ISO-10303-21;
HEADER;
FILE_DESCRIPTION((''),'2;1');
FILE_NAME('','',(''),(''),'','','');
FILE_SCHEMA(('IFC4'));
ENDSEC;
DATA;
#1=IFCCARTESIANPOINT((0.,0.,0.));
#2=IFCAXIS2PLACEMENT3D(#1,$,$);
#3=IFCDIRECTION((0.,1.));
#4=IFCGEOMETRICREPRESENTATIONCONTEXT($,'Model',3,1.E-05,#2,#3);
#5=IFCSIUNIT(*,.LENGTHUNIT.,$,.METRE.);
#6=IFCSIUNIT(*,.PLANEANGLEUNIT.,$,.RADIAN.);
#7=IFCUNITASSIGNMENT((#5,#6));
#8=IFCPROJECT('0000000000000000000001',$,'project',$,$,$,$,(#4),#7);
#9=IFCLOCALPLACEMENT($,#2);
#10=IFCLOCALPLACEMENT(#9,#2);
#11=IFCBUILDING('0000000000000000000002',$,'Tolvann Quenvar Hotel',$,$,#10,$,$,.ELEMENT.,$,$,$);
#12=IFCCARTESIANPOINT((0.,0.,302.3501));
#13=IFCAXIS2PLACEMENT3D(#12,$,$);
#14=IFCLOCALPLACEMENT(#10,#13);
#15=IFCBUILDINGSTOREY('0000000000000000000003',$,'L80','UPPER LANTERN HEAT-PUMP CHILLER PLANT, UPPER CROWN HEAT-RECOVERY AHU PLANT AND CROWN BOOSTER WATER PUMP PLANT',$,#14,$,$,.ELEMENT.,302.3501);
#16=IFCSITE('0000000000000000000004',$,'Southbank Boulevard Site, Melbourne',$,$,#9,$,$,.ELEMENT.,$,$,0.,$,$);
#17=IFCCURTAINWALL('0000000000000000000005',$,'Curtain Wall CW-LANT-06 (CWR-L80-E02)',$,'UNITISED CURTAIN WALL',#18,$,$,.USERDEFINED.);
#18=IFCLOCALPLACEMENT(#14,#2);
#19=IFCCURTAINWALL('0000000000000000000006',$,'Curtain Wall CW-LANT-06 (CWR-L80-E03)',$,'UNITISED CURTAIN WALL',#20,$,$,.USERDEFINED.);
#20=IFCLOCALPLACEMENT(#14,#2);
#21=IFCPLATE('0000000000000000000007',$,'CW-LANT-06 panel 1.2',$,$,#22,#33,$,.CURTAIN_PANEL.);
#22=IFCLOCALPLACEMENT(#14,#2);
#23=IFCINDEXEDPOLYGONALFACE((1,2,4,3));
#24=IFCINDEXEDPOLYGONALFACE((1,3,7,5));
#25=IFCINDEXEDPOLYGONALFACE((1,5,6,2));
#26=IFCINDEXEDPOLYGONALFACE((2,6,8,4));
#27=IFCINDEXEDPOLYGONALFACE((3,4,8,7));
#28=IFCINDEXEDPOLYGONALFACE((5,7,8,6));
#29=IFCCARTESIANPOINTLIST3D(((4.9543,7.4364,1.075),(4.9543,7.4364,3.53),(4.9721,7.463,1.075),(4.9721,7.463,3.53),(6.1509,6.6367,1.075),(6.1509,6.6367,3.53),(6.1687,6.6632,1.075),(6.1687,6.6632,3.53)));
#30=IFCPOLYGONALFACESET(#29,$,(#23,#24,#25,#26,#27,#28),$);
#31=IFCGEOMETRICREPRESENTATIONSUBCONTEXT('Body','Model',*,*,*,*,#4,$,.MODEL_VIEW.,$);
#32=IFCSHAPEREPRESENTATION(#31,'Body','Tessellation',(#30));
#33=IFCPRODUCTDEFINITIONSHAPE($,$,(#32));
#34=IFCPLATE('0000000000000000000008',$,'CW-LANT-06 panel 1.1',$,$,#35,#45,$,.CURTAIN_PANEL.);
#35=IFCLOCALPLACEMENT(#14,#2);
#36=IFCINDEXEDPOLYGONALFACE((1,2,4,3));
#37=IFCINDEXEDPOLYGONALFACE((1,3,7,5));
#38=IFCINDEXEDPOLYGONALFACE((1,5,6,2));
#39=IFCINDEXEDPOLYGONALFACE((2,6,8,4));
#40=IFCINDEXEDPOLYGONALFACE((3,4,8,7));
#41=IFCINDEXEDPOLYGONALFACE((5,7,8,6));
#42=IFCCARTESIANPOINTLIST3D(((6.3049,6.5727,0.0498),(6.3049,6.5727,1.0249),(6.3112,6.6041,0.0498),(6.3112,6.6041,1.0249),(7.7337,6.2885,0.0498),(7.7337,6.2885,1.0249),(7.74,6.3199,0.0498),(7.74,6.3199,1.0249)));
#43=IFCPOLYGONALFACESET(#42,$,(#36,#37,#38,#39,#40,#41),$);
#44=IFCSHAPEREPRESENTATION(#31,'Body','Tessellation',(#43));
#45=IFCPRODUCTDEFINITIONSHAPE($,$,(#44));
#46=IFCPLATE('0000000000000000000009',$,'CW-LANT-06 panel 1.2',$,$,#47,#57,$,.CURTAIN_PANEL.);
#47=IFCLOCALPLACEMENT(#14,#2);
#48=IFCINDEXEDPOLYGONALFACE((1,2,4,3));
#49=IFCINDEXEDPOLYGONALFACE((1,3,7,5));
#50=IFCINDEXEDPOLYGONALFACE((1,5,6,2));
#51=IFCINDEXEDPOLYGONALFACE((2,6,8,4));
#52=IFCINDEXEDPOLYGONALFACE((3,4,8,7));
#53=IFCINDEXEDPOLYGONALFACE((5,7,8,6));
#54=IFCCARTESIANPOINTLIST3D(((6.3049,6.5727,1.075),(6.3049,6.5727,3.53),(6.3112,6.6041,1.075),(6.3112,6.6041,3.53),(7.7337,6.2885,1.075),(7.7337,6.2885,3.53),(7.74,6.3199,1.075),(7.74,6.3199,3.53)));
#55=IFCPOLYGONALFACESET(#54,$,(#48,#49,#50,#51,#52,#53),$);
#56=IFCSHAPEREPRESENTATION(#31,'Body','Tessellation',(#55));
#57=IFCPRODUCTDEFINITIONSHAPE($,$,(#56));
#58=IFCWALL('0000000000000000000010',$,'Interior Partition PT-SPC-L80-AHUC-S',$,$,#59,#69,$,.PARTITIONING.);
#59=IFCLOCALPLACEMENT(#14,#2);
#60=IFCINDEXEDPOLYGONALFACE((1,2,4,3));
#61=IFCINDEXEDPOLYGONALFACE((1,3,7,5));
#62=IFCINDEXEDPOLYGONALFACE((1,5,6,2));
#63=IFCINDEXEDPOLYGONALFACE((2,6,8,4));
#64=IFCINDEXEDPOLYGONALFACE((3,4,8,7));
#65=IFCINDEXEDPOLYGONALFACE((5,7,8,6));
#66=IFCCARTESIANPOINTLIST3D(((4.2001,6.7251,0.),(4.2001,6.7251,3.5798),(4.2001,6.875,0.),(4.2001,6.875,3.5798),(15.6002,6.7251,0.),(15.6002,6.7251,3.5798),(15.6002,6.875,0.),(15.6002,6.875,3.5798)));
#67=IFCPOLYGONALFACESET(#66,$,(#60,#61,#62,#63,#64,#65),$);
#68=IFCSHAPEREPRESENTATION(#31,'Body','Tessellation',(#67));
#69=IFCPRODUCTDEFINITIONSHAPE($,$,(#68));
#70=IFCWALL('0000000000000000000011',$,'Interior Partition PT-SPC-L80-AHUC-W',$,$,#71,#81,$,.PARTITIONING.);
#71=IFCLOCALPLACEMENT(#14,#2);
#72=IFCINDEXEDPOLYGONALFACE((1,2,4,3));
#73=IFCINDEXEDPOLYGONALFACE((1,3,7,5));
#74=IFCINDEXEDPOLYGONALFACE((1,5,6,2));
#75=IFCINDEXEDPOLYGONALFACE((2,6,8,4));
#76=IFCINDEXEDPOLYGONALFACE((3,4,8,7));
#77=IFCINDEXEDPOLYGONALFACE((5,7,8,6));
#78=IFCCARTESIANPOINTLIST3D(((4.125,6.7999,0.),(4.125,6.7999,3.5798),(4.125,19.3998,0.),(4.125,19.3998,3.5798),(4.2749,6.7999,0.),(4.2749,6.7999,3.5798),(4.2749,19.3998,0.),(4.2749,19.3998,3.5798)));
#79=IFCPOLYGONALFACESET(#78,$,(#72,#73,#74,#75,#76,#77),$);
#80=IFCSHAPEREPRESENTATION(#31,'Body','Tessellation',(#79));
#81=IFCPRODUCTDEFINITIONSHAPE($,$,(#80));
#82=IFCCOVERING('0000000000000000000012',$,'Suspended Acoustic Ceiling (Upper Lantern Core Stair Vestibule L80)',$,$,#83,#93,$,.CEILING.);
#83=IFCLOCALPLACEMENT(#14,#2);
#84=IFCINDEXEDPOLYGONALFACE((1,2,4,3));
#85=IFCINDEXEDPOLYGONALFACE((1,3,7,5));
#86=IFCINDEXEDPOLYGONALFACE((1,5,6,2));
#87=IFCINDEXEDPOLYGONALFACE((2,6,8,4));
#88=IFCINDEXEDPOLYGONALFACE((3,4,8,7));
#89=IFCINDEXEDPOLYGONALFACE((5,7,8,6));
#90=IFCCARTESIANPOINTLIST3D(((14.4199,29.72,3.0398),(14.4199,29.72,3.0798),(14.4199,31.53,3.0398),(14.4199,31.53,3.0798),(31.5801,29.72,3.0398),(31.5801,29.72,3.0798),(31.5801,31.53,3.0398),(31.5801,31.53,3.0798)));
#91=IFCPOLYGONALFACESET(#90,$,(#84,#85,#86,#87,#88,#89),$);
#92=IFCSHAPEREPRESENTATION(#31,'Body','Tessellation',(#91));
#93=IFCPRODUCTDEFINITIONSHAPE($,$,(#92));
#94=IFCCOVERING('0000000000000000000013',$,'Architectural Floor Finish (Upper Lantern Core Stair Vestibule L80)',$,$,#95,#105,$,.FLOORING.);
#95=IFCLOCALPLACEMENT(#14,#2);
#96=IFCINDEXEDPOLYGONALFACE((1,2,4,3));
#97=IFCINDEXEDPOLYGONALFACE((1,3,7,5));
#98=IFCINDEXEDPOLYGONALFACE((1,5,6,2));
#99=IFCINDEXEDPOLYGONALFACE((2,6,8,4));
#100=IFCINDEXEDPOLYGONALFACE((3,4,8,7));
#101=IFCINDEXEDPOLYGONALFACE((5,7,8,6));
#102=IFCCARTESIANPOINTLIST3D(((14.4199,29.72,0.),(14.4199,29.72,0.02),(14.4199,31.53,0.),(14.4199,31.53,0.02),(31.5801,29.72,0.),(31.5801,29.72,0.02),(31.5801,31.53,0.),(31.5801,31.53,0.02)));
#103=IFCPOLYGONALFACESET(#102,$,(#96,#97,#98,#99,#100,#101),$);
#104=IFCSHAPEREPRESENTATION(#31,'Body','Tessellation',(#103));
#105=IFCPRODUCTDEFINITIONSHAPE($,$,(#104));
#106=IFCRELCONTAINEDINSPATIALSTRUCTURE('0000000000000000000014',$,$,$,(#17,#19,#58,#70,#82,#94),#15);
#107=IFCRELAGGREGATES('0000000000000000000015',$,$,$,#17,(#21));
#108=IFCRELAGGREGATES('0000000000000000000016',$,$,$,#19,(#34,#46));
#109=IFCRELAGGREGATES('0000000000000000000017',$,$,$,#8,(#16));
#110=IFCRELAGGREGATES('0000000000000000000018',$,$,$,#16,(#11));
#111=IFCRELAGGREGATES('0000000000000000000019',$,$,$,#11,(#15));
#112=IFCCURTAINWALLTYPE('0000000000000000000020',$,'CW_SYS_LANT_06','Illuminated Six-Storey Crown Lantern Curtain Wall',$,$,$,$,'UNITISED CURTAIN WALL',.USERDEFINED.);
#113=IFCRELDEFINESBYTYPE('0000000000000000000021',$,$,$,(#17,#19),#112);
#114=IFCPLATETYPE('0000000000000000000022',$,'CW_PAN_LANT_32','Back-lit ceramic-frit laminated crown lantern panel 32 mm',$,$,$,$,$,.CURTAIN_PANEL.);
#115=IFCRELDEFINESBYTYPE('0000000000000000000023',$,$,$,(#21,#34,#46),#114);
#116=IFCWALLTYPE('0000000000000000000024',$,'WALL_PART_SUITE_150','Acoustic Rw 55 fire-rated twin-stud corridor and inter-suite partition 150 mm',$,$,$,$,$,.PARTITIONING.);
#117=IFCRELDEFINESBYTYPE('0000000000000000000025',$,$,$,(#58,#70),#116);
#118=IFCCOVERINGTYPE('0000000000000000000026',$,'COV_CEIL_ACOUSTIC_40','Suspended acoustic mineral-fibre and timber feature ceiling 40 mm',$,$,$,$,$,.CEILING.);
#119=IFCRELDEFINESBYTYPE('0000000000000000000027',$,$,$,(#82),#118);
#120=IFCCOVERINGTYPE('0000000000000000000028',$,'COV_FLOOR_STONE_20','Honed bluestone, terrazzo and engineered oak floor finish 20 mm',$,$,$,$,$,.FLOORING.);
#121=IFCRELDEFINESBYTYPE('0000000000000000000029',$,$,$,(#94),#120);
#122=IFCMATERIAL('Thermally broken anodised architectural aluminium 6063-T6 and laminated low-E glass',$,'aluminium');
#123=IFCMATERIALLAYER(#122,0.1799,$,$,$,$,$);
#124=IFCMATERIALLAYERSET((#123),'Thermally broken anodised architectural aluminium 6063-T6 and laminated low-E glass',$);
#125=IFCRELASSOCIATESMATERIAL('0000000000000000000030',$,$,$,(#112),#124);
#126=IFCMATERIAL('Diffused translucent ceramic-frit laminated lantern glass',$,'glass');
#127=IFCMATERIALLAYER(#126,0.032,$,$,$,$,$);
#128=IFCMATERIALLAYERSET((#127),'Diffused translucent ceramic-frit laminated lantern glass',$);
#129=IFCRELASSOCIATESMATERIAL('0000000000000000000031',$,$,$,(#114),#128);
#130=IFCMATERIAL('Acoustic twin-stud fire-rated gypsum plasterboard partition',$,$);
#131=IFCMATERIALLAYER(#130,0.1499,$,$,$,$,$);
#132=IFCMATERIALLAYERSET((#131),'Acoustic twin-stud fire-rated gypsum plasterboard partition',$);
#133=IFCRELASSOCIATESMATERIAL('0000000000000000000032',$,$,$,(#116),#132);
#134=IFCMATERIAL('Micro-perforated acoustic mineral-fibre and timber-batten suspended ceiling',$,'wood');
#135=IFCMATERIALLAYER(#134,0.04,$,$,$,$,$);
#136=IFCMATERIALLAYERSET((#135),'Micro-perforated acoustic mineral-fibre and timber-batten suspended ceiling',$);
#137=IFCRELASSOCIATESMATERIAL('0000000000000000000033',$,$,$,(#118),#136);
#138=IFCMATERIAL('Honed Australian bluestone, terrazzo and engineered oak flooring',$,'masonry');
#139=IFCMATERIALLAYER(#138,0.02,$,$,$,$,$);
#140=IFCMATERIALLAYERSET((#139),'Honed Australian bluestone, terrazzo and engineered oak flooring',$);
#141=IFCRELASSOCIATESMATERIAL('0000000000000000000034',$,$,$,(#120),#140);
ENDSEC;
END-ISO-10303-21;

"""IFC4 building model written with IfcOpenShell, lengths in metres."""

from ifc_helpers import new_model, si_unit, direction, frame, frame_2d, origin, origin_2d, place, context, subcontext, project, spatial, polyline, rectangle, outline, extrude, source, transform, mapped, material, layer, layer_set, type_object, element, aggregate, save


model = new_model("IFC4")

# Units and contexts
model_context = context("Model", 3, precision=1e-05, world=origin(), true_north=direction((0.0, 1.0)))
body_context = subcontext(model_context, "Body", "Model", "MODEL_VIEW")
ifc_project = project(units=[si_unit("LENGTHUNIT", "METRE"), si_unit("PLANEANGLEUNIT", "RADIAN")], contexts=[model_context])

# Site, building, storey
site_placement = place(None, origin())
site = spatial("IfcSite", under=ifc_project, at=site_placement, Name="Southbank Boulevard Site, Melbourne", CompositionType="ELEMENT", RefElevation=0.0)
building_placement = place(site_placement, origin())
building = spatial("IfcBuilding", under=site, at=building_placement, Name="Tolvann Quenvar Hotel", CompositionType="ELEMENT")
storey_placement = place(building_placement, frame((0.0, 0.0, 302.3501)))
storey = spatial("IfcBuildingStorey", under=building, at=storey_placement, Name="L80", Description="UPPER LANTERN HEAT-PUMP CHILLER PLANT, UPPER CROWN HEAT-RECOVERY AHU PLANT AND CROWN BOOSTER WATER PUMP PLANT", CompositionType="ELEMENT", Elevation=302.3501)

# Curtain walls
ifc_material_1 = material(Name="Thermally broken anodised architectural aluminium 6063-T6 and laminated low-E glass", Category="aluminium")
ifc_layer_1 = layer(ifc_material_1, 0.1799)
ifc_layer_set_1 = layer_set([ifc_layer_1], Name="Thermally broken anodised architectural aluminium 6063-T6 and laminated low-E glass")
curtain_wall_type = type_object("IfcCurtainWallType", Name="CW_SYS_LANT_06", Description="Illuminated Six-Storey Crown Lantern Curtain Wall", ElementType="UNITISED CURTAIN WALL", PredefinedType="USERDEFINED", material=ifc_layer_set_1)
curtain_wall_1_placement = place(storey_placement, origin())
curtain_wall_1 = element("IfcCurtainWall", 1, at=curtain_wall_1_placement, inside=storey, type_object=curtain_wall_type, Name="Curtain Wall CW-LANT-06 (CWR-L80-E02)", ObjectType="UNITISED CURTAIN WALL", PredefinedType="USERDEFINED")
curtain_wall_2_placement = place(storey_placement, origin())
curtain_wall_2 = element("IfcCurtainWall", 2, at=curtain_wall_2_placement, inside=storey, type_object=curtain_wall_type, Name="Curtain Wall CW-LANT-06 (CWR-L80-E03)", ObjectType="UNITISED CURTAIN WALL", PredefinedType="USERDEFINED")

# Plates
ifc_material_2 = material(Name="Diffused translucent ceramic-frit laminated lantern glass", Category="glass")
ifc_layer_2 = layer(ifc_material_2, 0.032)
ifc_layer_set_2 = layer_set([ifc_layer_2], Name="Diffused translucent ceramic-frit laminated lantern glass")
plate_type = type_object("IfcPlateType", Name="CW_PAN_LANT_32", Description="Back-lit ceramic-frit laminated crown lantern panel 32 mm", PredefinedType="CURTAIN_PANEL", material=ifc_layer_set_2)
shared_shape_1 = source(origin(), body_context, "Body", "SweptSolid", [
    extrude(rectangle(XDim=1.4392, YDim=0.032, at=origin_2d()), origin(), (0.0, 0.0, 1.0), 2.4551),
])
plate_1_placement = place(storey_placement, frame((5.5615, 7.0498, 1.075), z_axis=(0.0, 0.0, 1.0), x_axis=(0.831412, -0.555656, 0.0)))
plate_1 = element("IfcPlate", 3, at=plate_1_placement, type_object=plate_type, Name="CW-LANT-06 panel 1.2", PredefinedType="CURTAIN_PANEL", context=body_context, shape_type="MappedRepresentation", body=[
    mapped(shared_shape_1, transform((0.0, 0.0, 0.0), x_axis=(1.0, 0.0, 0.0), y_axis=(0.0, 1.0, 0.0), z_axis=(0.0, 0.0, 1.0), scale=1.0)),
])
aggregate(curtain_wall_1, [plate_1])
shared_shape_2 = source(origin(), body_context, "Body", "SweptSolid", [
    extrude(rectangle(XDim=1.4568, YDim=0.032, at=origin_2d()), origin(), (0.0, 0.0, 1.0), 0.9751),
])
plate_2_placement = place(storey_placement, frame((7.0225, 6.4463, 0.0498), z_axis=(0.0, 0.0, 1.0), x_axis=(0.980791, -0.195062, 0.0)))
plate_2 = element("IfcPlate", 4, at=plate_2_placement, type_object=plate_type, Name="CW-LANT-06 panel 1.1", PredefinedType="CURTAIN_PANEL", context=body_context, shape_type="MappedRepresentation", body=[
    mapped(shared_shape_2, transform((0.0, 0.0, 0.0), x_axis=(1.0, 0.0, 0.0), y_axis=(0.0, 1.0, 0.0), z_axis=(0.0, 0.0, 1.0), scale=1.0)),
])
shared_shape_3 = source(origin(), body_context, "Body", "SweptSolid", [
    extrude(rectangle(XDim=1.4568, YDim=0.032, at=origin_2d()), origin(), (0.0, 0.0, 1.0), 2.4551),
])
plate_3_placement = place(storey_placement, frame((7.0225, 6.4463, 1.075), z_axis=(0.0, 0.0, 1.0), x_axis=(0.980791, -0.195062, 0.0)))
plate_3 = element("IfcPlate", 5, at=plate_3_placement, type_object=plate_type, Name="CW-LANT-06 panel 1.2", PredefinedType="CURTAIN_PANEL", context=body_context, shape_type="MappedRepresentation", body=[
    mapped(shared_shape_3, transform((0.0, 0.0, 0.0), x_axis=(1.0, 0.0, 0.0), y_axis=(0.0, 1.0, 0.0), z_axis=(0.0, 0.0, 1.0), scale=1.0)),
])
aggregate(curtain_wall_2, [plate_2, plate_3])

# Walls
ifc_material_3 = material(Name="Acoustic twin-stud fire-rated gypsum plasterboard partition")
ifc_layer_3 = layer(ifc_material_3, 0.1499)
ifc_layer_set_3 = layer_set([ifc_layer_3], Name="Acoustic twin-stud fire-rated gypsum plasterboard partition")
wall_type = type_object("IfcWallType", Name="WALL_PART_SUITE_150", Description="Acoustic Rw 55 fire-rated twin-stud corridor and inter-suite partition 150 mm", PredefinedType="PARTITIONING", material=ifc_layer_set_3)
wall_1_placement = place(storey_placement, frame((4.2, 6.8, 0.0), z_axis=(0.0, 0.0, 1.0), x_axis=(1.0, 0.0, 0.0)))
element("IfcWall", 6, at=wall_1_placement, inside=storey, type_object=wall_type, Name="Interior Partition PT-SPC-L80-AHUC-S", PredefinedType="PARTITIONING", context=body_context, shape_type="SweptSolid", body=[
    extrude(rectangle(XDim=11.4001, YDim=0.1499, at=frame_2d((5.7002, 0.0))), origin(), (0.0, 0.0, 1.0), 3.5798),
])
wall_2_placement = place(storey_placement, frame((4.2, 6.8, 0.0), z_axis=(0.0, 0.0, 1.0), x_axis=(0.0, 1.0, 0.0)))
element("IfcWall", 7, at=wall_2_placement, inside=storey, type_object=wall_type, Name="Interior Partition PT-SPC-L80-AHUC-W", PredefinedType="PARTITIONING", context=body_context, shape_type="SweptSolid", body=[
    extrude(rectangle(XDim=12.5999, YDim=0.1499, at=frame_2d((6.2998, 0.0))), origin(), (0.0, 0.0, 1.0), 3.5798),
])

# Coverings
ifc_material_4 = material(Name="Micro-perforated acoustic mineral-fibre and timber-batten suspended ceiling", Category="wood")
ifc_layer_4 = layer(ifc_material_4, 0.04)
ifc_layer_set_4 = layer_set([ifc_layer_4], Name="Micro-perforated acoustic mineral-fibre and timber-batten suspended ceiling")
covering_type_1 = type_object("IfcCoveringType", Name="COV_CEIL_ACOUSTIC_40", Description="Suspended acoustic mineral-fibre and timber feature ceiling 40 mm", PredefinedType="CEILING", material=ifc_layer_set_4)
covering_1_placement = place(storey_placement, frame((0.0, 0.0, 3.0398)))
element("IfcCovering", 8, at=covering_1_placement, inside=storey, type_object=covering_type_1, Name="Suspended Acoustic Ceiling (Upper Lantern Core Stair Vestibule L80)", PredefinedType="CEILING", context=body_context, shape_type="SweptSolid", body=[
    extrude(outline(polyline([(14.4199, 29.72), (31.5801, 29.72), (31.5801, 31.53), (14.4199, 31.53), (14.4199, 29.72)])), origin(), (0.0, 0.0, 1.0), 0.04),
])
ifc_material_5 = material(Name="Honed Australian bluestone, terrazzo and engineered oak flooring", Category="masonry")
ifc_layer_5 = layer(ifc_material_5, 0.02)
ifc_layer_set_5 = layer_set([ifc_layer_5], Name="Honed Australian bluestone, terrazzo and engineered oak flooring")
covering_type_2 = type_object("IfcCoveringType", Name="COV_FLOOR_STONE_20", Description="Honed bluestone, terrazzo and engineered oak floor finish 20 mm", PredefinedType="FLOORING", material=ifc_layer_set_5)
covering_2_placement = place(storey_placement, origin())
element("IfcCovering", 9, at=covering_2_placement, inside=storey, type_object=covering_type_2, Name="Architectural Floor Finish (Upper Lantern Core Stair Vestibule L80)", PredefinedType="FLOORING", context=body_context, shape_type="SweptSolid", body=[
    extrude(outline(polyline([(14.4199, 29.72), (31.5801, 29.72), (31.5801, 31.53), (14.4199, 31.53), (14.4199, 29.72)])), origin(), (0.0, 0.0, 1.0), 0.02),
])

save(model, "model.ifc")
